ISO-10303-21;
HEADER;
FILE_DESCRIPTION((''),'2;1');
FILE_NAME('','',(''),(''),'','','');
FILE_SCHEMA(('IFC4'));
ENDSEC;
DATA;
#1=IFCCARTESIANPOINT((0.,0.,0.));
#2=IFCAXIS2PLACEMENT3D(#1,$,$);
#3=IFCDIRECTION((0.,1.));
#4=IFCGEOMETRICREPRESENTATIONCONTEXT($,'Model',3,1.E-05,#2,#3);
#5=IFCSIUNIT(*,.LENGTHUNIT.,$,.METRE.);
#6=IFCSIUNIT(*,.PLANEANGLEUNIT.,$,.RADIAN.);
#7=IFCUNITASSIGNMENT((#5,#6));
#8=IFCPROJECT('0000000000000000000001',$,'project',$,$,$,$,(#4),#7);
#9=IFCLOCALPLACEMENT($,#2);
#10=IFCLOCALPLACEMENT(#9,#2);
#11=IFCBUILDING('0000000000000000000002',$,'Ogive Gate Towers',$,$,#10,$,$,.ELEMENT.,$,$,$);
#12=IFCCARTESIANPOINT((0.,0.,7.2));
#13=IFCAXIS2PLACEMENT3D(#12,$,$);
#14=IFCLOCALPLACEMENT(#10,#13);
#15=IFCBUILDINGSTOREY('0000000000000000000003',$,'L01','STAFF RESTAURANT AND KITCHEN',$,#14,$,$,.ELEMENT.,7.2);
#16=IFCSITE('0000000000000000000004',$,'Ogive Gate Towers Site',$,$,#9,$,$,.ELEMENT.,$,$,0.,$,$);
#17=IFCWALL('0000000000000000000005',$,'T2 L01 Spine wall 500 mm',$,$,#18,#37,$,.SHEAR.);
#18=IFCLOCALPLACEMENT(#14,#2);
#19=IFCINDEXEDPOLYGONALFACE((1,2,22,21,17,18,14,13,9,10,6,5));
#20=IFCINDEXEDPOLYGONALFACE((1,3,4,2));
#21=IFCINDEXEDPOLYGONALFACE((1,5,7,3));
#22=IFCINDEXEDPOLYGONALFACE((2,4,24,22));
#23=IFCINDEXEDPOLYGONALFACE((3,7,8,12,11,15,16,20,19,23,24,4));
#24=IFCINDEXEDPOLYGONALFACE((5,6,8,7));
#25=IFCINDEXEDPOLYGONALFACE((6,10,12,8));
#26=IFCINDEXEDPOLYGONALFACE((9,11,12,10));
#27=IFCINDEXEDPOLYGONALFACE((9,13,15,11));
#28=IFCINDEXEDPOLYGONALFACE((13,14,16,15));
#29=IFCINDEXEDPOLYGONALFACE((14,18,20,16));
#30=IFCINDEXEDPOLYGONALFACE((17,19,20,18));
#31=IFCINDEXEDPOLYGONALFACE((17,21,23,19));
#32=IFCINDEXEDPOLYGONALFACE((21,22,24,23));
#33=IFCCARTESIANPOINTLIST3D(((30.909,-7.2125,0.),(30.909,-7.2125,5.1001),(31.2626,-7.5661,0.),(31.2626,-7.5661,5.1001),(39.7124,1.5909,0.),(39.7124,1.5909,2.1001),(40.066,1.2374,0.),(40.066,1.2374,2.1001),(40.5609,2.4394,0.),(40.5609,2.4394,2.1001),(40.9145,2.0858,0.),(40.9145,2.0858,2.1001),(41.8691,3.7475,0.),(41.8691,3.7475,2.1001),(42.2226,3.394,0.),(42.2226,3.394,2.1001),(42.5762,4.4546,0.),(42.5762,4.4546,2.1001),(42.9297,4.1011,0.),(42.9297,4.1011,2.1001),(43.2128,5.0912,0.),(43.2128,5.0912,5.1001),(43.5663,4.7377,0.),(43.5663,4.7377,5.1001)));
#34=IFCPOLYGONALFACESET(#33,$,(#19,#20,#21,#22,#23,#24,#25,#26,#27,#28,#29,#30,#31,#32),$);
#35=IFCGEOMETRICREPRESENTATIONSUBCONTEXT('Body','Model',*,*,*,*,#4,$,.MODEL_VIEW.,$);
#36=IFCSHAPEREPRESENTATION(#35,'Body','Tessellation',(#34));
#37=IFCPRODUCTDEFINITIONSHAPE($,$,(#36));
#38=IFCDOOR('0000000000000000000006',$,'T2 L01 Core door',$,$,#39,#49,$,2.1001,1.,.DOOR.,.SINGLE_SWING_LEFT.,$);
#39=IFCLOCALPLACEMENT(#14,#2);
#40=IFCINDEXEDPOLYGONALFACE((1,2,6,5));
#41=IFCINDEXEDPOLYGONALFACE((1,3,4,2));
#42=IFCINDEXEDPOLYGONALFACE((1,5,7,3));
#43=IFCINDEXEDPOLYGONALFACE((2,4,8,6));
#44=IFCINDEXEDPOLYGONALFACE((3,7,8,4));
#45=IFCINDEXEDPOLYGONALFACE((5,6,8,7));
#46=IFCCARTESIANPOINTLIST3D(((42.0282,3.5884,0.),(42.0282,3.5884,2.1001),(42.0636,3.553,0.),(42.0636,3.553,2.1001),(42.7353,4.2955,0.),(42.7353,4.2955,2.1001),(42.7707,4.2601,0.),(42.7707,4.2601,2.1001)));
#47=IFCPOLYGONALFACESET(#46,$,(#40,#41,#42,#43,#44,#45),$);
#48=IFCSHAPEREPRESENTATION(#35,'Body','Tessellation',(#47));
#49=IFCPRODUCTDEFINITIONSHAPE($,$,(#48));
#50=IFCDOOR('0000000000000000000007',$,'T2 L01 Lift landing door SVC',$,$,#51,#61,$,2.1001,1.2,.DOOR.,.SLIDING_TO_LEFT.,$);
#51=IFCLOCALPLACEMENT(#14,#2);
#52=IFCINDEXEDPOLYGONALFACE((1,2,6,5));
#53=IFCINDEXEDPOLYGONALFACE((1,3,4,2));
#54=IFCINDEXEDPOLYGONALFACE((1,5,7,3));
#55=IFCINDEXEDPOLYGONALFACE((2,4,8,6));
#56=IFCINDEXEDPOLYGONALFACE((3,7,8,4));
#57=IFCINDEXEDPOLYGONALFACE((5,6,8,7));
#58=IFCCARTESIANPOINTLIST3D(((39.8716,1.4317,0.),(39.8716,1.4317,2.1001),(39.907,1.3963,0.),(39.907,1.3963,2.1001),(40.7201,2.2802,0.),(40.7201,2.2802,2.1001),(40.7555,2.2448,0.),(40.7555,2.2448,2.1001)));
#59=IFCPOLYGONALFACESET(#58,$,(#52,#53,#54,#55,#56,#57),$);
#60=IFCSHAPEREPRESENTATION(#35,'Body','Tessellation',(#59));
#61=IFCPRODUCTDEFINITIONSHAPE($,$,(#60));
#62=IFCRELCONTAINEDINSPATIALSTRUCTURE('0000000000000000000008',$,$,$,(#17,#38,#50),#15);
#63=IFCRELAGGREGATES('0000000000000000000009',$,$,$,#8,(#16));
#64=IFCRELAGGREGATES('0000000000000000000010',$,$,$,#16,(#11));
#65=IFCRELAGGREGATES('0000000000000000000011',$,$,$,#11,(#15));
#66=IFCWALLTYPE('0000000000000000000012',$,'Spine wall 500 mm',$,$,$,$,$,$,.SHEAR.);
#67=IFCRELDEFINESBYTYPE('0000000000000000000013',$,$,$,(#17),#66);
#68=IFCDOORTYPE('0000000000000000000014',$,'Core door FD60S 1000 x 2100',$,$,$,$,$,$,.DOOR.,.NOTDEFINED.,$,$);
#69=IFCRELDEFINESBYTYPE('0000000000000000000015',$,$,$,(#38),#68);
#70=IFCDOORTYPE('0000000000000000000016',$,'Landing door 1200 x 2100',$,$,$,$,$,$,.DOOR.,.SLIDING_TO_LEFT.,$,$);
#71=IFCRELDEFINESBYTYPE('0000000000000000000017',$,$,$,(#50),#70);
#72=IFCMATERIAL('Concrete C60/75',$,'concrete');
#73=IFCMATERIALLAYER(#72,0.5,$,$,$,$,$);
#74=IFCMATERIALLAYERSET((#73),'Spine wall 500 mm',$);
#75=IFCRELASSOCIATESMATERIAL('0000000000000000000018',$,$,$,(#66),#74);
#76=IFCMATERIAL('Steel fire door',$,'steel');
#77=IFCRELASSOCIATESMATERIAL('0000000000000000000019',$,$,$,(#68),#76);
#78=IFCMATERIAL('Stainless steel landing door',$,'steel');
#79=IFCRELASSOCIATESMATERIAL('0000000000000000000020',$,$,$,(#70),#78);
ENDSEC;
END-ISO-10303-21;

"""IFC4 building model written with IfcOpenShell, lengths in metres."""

from ifc_helpers import new_model, si_unit, direction, frame, frame_2d, origin, place, context, subcontext, project, spatial, rectangle, extrude, material, layer, layer_set, type_object, element, fill, save


model = new_model("IFC4")

# Units and contexts
model_context = context("Model", 3, precision=1e-05, world=origin(), true_north=direction((0.0, 1.0)))
body_context = subcontext(model_context, "Body", "Model", "MODEL_VIEW")
ifc_project = project(units=[si_unit("LENGTHUNIT", "METRE"), si_unit("PLANEANGLEUNIT", "RADIAN")], contexts=[model_context])

# Site, building, storey
site_placement = place(None, origin())
site = spatial("IfcSite", under=ifc_project, at=site_placement, Name="Ogive Gate Towers Site", CompositionType="ELEMENT", RefElevation=0.0)
building_placement = place(site_placement, origin())
building = spatial("IfcBuilding", under=site, at=building_placement, Name="Ogive Gate Towers", CompositionType="ELEMENT")
storey_placement = place(building_placement, frame((0.0, 0.0, 7.2)))
storey = spatial("IfcBuildingStorey", under=building, at=storey_placement, Name="L01", Description="STAFF RESTAURANT AND KITCHEN", CompositionType="ELEMENT", Elevation=7.2)

# Shared definitions
ifc_material_1 = material(Name="Concrete C60/75", Category="concrete")

# Shared definitions
ifc_material_2 = material(Name="Steel fire door", Category="steel")

# Wall, openings, doors
ifc_layer_1 = layer(ifc_material_1, 0.5)
ifc_layer_set_1 = layer_set([ifc_layer_1], Name="Spine wall 500 mm")
wall_type_1 = type_object("IfcWallType", Name="Spine wall 500 mm", PredefinedType="SHEAR", material=ifc_layer_set_1)
wall_1_placement = place(storey_placement, frame((31.0857, -7.3894, 0.0), z_axis=(0.0, 0.0, 1.0), x_axis=(0.707107, 0.707107, 0.0)))
wall_1 = element("IfcWall", 1, at=wall_1_placement, inside=storey, type_object=wall_type_1, Name="T2 L01 Spine wall 500 mm", PredefinedType="SHEAR", context=body_context, shape_type="SweptSolid", body=[
    extrude(rectangle(XDim=17.4001, YDim=0.5, at=frame_2d((8.7002, 0.0))), origin(), (0.0, 0.0, 1.0), 5.1001),
])
opening_1_placement = place(wall_1_placement, frame((12.45, 0.0, 0.0)))
opening_1 = element("IfcOpeningElement", 2, at=opening_1_placement, cuts=wall_1, PredefinedType="OPENING", context=body_context, shape_type="SweptSolid", body=[
    extrude(rectangle(XDim=1.2, YDim=2.1001, at=frame_2d((0.6001, 1.05))), frame((0.0, 0.26, 0.0), z_axis=(0.0, -1.0, 0.0), x_axis=(1.0, 0.0, 0.0)), (0.0, 0.0, 1.0), 0.52),
])
opening_2_placement = place(wall_1_placement, frame((15.5, 0.0, 0.0)))
opening_2 = element("IfcOpeningElement", 3, at=opening_2_placement, cuts=wall_1, PredefinedType="OPENING", context=body_context, shape_type="SweptSolid", body=[
    extrude(rectangle(XDim=1.0, YDim=2.1001, at=frame_2d((0.5, 1.05))), frame((0.0, 0.26, 0.0), z_axis=(0.0, -1.0, 0.0), x_axis=(1.0, 0.0, 0.0)), (0.0, 0.0, 1.0), 0.52),
])
door_type_1 = type_object("IfcDoorType", Name="Core door FD60S 1000 x 2100", OperationType="NOTDEFINED", PredefinedType="DOOR", material=ifc_material_2)
door_1_placement = place(opening_2_placement, origin())
door_1 = element("IfcDoor", 4, at=door_1_placement, inside=storey, type_object=door_type_1, Name="T2 L01 Core door", OperationType="SINGLE_SWING_LEFT", OverallHeight=2.1001, OverallWidth=1.0, PredefinedType="DOOR", context=body_context, shape_type="SweptSolid", body=[
    extrude(rectangle(XDim=1.0, YDim=2.1001, at=frame_2d((0.5, 1.05))), frame((0.0, 0.0249, 0.0), z_axis=(0.0, -1.0, 0.0), x_axis=(1.0, 0.0, 0.0)), (0.0, 0.0, 1.0), 0.05),
])
fill(opening_2, door_1)
ifc_material_3 = material(Name="Stainless steel landing door", Category="steel")
door_type_2 = type_object("IfcDoorType", Name="Landing door 1200 x 2100", OperationType="SLIDING_TO_LEFT", PredefinedType="DOOR", material=ifc_material_3)
door_2_placement = place(opening_1_placement, origin())
door_2 = element("IfcDoor", 5, at=door_2_placement, inside=storey, type_object=door_type_2, Name="T2 L01 Lift landing door SVC", OperationType="SLIDING_TO_LEFT", OverallHeight=2.1001, OverallWidth=1.2, PredefinedType="DOOR", context=body_context, shape_type="SweptSolid", body=[
    extrude(rectangle(XDim=1.2, YDim=2.1001, at=frame_2d((0.6001, 1.05))), frame((0.0, 0.0249, 0.0), z_axis=(0.0, -1.0, 0.0), x_axis=(1.0, 0.0, 0.0)), (0.0, 0.0, 1.0), 0.05),
])
fill(opening_1, door_2)

save(model, "model.ifc")
